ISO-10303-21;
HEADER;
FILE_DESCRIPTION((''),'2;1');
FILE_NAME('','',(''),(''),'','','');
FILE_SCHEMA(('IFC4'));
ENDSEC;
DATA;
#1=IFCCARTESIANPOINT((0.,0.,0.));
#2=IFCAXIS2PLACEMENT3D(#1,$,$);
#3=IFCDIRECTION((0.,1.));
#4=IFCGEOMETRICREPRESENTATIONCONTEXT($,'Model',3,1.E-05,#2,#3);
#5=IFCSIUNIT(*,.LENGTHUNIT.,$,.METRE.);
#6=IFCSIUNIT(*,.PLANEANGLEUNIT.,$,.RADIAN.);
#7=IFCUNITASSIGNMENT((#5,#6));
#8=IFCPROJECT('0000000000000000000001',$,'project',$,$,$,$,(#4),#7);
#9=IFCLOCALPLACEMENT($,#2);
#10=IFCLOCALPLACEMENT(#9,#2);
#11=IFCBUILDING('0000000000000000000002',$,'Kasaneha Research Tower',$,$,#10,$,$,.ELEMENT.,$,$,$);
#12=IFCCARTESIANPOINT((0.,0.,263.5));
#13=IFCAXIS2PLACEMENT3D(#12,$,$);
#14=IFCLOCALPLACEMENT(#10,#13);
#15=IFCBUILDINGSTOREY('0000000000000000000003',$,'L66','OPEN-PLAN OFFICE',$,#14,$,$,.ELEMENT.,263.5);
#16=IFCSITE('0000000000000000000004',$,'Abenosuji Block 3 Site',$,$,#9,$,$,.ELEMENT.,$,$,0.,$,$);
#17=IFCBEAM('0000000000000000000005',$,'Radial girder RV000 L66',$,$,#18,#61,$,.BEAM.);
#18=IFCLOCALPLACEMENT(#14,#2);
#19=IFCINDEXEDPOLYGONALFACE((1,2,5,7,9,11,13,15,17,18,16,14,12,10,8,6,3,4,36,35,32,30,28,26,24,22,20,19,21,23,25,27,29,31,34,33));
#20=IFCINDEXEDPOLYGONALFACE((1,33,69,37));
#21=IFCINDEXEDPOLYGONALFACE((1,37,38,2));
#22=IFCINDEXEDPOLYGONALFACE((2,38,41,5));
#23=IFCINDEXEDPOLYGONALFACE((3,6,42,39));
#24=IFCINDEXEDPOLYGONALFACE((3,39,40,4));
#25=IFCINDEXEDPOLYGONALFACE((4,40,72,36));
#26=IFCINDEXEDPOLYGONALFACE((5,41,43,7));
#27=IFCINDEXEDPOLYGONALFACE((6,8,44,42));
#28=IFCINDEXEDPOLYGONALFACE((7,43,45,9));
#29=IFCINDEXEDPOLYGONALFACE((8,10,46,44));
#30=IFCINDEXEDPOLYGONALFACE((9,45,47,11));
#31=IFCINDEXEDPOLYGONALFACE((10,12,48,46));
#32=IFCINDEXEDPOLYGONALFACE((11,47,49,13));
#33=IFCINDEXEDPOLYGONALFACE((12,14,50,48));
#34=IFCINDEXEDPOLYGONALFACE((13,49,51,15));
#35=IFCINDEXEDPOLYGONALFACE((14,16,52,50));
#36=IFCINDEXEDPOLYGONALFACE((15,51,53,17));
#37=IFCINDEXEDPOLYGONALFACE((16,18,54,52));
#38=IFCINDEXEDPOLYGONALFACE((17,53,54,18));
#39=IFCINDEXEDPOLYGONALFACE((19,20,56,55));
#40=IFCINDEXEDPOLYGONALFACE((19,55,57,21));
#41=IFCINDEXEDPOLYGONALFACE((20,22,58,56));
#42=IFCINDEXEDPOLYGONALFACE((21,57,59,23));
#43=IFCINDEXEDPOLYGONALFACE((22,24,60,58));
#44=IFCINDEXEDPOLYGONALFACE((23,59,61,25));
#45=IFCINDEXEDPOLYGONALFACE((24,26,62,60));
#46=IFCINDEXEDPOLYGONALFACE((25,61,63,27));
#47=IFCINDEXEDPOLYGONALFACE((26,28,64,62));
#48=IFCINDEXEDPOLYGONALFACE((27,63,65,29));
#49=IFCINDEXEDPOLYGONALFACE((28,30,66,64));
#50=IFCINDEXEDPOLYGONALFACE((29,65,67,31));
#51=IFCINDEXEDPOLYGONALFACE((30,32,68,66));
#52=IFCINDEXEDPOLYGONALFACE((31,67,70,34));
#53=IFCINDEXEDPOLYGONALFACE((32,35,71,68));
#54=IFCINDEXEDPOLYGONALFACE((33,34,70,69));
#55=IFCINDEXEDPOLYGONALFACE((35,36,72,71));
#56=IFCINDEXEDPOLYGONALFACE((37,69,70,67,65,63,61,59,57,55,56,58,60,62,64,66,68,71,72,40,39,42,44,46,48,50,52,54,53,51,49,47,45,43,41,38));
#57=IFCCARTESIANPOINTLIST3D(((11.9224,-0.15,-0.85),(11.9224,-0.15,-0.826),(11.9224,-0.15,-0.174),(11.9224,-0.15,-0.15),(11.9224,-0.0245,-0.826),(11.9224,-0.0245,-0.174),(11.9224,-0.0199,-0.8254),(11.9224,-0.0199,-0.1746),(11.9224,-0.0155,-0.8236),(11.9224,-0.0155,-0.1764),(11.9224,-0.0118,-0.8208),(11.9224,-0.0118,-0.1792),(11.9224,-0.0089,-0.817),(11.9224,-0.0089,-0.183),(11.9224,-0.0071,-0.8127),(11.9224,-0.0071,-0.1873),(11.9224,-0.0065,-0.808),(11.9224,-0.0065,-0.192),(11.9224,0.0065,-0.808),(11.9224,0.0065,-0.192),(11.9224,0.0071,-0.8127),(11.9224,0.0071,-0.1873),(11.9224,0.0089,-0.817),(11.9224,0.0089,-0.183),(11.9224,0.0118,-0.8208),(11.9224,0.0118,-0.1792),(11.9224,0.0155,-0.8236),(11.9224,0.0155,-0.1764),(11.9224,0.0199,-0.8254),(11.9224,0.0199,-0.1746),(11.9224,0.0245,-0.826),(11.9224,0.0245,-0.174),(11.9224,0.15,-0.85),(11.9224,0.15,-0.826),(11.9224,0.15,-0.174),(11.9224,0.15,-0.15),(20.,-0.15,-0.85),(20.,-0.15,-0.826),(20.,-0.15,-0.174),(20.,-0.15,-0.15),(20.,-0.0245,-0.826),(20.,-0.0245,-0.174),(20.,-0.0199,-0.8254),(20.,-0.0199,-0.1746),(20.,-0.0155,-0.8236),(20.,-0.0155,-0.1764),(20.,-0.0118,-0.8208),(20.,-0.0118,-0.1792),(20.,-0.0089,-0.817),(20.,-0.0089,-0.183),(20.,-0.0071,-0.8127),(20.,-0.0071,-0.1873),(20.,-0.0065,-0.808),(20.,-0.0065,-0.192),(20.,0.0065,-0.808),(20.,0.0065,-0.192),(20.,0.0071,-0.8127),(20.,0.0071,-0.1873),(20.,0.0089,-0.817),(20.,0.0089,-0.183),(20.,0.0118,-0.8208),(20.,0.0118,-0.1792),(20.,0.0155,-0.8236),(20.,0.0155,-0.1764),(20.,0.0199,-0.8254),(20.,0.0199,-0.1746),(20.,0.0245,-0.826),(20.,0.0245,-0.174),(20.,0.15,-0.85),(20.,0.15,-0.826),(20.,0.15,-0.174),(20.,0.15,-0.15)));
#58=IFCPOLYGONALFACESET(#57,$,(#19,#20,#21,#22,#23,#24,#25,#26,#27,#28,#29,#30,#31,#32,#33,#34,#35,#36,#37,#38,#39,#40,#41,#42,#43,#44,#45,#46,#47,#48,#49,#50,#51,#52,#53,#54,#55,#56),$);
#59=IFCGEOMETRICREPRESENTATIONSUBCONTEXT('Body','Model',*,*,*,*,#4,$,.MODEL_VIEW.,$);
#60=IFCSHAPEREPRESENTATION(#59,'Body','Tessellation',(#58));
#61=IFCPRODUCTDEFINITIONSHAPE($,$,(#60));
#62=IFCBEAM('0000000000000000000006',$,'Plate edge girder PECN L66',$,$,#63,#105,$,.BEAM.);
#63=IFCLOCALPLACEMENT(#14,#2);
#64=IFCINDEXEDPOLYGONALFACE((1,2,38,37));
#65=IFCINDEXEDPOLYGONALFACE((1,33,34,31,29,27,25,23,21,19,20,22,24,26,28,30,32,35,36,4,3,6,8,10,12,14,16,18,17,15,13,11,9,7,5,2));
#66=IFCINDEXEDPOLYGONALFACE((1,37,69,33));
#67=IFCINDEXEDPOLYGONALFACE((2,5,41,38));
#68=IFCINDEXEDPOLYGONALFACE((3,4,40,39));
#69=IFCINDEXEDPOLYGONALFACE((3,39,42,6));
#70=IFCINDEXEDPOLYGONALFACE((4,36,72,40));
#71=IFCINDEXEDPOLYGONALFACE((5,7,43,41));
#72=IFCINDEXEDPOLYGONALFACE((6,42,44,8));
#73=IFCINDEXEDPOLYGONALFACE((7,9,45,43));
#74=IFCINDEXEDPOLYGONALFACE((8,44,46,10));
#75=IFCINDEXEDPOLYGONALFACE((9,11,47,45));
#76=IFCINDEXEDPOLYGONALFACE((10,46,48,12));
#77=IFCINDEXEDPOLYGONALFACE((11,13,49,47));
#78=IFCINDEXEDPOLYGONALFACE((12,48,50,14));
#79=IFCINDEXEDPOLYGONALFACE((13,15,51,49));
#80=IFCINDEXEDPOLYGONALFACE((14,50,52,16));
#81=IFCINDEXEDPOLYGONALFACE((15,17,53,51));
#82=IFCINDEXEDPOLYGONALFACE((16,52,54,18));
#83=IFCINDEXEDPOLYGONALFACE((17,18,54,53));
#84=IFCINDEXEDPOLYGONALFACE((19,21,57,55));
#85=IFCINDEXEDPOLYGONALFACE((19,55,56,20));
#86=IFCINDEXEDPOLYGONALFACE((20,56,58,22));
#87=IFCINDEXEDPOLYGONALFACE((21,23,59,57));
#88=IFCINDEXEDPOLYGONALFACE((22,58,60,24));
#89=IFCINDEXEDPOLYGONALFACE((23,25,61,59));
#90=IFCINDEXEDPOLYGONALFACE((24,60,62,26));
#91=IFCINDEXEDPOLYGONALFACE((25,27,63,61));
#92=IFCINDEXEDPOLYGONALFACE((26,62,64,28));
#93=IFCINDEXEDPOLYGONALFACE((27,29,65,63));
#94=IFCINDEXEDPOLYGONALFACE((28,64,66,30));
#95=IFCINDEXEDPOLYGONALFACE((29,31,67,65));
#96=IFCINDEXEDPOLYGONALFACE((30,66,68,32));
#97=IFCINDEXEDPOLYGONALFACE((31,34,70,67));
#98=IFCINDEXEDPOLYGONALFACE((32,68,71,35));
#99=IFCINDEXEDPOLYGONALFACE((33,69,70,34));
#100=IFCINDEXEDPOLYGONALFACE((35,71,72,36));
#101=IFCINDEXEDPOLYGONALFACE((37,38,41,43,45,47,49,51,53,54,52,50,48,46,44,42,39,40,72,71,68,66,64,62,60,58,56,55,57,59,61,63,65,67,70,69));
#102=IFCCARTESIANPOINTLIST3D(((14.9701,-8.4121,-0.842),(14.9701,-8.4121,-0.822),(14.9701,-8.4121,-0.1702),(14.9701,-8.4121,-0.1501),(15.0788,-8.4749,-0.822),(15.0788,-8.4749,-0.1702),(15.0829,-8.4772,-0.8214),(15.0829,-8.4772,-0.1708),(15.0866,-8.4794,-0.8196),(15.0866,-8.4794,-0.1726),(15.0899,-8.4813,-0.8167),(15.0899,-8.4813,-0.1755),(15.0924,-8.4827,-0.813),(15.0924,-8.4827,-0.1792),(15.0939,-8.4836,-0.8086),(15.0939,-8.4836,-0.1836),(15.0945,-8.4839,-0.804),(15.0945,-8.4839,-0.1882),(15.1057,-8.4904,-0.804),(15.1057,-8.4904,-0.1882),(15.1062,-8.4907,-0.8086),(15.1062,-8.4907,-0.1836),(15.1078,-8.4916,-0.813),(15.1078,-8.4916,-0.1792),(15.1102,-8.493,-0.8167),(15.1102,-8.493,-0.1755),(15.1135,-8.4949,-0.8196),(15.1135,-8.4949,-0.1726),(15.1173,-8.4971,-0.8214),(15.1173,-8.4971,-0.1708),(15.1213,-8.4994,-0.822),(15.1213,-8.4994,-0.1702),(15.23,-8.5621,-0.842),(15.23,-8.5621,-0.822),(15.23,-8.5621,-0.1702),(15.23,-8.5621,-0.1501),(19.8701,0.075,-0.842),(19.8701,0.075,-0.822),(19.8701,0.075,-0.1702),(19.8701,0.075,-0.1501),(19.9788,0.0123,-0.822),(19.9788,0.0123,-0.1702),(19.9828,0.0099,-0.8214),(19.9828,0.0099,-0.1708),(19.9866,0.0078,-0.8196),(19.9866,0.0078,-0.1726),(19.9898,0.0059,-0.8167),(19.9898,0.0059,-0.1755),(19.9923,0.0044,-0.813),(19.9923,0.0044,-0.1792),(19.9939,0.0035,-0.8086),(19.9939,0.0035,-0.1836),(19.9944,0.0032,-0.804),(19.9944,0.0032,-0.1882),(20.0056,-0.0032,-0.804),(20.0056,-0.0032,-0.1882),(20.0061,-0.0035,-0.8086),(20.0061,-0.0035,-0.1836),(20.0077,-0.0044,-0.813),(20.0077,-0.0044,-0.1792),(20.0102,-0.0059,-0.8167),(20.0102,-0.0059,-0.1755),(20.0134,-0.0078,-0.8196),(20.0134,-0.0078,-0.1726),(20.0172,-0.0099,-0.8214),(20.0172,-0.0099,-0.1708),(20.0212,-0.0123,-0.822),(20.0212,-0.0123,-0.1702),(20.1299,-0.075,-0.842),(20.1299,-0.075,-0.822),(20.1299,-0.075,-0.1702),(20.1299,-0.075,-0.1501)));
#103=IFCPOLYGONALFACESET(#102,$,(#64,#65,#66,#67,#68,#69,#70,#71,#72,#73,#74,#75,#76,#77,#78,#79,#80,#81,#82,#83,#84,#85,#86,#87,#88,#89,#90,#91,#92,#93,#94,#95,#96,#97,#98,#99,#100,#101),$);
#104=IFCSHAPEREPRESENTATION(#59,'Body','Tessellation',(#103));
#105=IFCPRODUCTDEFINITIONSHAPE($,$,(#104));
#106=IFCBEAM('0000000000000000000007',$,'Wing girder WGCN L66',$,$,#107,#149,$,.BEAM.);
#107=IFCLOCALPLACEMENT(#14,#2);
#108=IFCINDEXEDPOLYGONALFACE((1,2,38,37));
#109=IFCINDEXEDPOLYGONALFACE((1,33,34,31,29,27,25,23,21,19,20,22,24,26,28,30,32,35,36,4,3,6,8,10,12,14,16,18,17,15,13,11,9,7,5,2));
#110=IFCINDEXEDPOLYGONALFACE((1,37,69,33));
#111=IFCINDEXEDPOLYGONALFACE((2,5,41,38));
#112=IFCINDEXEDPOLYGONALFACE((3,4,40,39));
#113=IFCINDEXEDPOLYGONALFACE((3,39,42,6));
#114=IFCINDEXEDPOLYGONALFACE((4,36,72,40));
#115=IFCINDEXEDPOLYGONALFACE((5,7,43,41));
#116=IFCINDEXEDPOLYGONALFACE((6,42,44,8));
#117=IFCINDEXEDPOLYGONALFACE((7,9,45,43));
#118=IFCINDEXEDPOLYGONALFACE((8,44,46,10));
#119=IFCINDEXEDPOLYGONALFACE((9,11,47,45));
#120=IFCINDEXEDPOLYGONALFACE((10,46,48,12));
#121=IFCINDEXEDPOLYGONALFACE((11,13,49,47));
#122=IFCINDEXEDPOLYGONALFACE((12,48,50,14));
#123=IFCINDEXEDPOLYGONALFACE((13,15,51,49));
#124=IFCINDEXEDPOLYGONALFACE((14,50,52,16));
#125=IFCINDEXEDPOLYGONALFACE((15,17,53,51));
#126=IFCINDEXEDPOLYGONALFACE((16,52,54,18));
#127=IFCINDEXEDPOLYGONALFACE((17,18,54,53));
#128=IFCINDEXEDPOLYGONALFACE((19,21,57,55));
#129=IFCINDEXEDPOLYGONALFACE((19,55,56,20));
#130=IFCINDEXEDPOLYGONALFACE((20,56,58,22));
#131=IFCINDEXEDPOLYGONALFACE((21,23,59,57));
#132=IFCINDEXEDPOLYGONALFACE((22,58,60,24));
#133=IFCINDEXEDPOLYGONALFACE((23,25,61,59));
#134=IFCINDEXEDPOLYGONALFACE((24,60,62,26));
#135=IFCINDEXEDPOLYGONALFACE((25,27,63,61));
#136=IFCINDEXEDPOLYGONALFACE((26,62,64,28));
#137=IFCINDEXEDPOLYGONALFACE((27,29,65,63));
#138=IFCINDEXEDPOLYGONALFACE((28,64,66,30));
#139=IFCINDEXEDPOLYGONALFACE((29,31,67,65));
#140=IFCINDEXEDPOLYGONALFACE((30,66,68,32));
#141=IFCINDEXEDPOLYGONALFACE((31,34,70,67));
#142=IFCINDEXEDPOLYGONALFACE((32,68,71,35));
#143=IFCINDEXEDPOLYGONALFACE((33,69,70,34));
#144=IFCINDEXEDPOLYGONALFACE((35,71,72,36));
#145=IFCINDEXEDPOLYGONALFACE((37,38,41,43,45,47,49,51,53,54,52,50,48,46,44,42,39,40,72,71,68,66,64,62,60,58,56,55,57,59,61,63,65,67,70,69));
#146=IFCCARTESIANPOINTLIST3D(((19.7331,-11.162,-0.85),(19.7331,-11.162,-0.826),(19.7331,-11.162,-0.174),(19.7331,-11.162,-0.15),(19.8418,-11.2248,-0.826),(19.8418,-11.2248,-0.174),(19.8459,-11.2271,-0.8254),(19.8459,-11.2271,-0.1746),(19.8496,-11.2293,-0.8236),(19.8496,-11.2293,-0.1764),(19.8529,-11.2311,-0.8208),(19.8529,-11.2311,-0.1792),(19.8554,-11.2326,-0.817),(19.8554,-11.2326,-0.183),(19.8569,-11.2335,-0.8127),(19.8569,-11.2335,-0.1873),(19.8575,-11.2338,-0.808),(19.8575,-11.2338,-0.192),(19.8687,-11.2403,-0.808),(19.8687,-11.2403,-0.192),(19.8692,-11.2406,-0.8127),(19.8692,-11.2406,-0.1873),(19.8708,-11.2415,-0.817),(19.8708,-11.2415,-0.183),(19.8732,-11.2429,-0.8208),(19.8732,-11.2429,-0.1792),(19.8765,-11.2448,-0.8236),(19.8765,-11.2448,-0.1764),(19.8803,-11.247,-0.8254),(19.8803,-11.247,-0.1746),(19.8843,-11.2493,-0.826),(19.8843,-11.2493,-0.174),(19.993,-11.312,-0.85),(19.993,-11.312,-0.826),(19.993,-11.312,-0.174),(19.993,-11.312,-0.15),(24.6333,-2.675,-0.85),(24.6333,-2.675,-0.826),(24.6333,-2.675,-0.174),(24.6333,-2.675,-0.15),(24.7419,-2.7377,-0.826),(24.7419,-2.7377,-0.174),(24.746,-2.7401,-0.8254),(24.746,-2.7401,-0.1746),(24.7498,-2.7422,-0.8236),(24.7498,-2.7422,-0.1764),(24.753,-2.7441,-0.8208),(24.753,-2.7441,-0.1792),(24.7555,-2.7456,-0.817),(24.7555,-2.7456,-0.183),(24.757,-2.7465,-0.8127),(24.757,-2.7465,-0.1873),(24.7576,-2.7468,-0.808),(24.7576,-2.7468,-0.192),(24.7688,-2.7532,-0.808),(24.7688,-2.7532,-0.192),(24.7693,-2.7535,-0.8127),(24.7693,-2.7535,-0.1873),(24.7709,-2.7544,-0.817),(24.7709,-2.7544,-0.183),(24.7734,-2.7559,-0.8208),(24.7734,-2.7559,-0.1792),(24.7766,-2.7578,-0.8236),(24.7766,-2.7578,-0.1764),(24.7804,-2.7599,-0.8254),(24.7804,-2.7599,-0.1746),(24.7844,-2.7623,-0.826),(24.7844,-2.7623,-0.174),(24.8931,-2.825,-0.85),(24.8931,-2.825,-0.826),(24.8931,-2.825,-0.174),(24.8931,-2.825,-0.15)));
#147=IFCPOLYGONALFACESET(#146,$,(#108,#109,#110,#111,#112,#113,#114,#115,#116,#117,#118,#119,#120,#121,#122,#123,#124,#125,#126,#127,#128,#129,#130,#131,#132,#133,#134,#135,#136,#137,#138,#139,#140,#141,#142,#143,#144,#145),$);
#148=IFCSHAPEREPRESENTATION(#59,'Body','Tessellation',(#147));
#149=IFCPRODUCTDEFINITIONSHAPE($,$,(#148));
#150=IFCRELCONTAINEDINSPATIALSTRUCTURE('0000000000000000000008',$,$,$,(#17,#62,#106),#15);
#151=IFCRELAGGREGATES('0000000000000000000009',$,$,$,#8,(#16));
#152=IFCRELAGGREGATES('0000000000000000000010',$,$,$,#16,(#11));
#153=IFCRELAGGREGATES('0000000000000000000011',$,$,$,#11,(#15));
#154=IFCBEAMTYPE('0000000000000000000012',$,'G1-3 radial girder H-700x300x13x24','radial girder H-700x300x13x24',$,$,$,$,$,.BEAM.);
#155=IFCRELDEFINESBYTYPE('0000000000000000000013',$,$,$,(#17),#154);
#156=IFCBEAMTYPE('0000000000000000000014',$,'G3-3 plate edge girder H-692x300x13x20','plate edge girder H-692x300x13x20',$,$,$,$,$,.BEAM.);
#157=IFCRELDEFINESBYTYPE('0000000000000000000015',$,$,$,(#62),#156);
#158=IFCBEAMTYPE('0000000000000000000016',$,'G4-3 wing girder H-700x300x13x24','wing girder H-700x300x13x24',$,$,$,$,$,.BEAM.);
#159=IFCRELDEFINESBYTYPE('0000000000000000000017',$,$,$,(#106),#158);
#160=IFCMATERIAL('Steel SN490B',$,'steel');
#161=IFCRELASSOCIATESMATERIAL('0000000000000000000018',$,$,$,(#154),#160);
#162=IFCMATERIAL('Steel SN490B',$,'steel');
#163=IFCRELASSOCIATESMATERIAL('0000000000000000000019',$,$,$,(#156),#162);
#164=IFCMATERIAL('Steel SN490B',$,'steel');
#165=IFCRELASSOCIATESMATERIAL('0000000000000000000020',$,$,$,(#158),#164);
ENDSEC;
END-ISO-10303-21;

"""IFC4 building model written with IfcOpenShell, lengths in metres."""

from ifc_helpers import new_model, si_unit, direction, frame, origin, origin_2d, place, context, subcontext, project, spatial, i_section, extrude, material, material_profile, profile_set, type_object, element, save


model = new_model("IFC4")

# Units and contexts
model_context = context("Model", 3, precision=1e-05, world=origin(), true_north=direction((0.0, 1.0)))
body_context = subcontext(model_context, "Body", "Model", "MODEL_VIEW")
ifc_project = project(units=[si_unit("LENGTHUNIT", "METRE"), si_unit("PLANEANGLEUNIT", "RADIAN")], contexts=[model_context])

# Site, building, storey
site_placement = place(None, origin())
site = spatial("IfcSite", under=ifc_project, at=site_placement, Name="Abenosuji Block 3 Site", CompositionType="ELEMENT", RefElevation=0.0)
building_placement = place(site_placement, origin())
building = spatial("IfcBuilding", under=site, at=building_placement, Name="Kasaneha Research Tower", CompositionType="ELEMENT")
storey_placement = place(building_placement, frame((0.0, 0.0, 263.5)))
storey = spatial("IfcBuildingStorey", under=building, at=storey_placement, Name="L66", Description="OPEN-PLAN OFFICE", CompositionType="ELEMENT", Elevation=263.5)

# Beams
ifc_material_1 = material(Name="Steel SN490B", Category="steel")
ifc_material_profile_1 = material_profile(ifc_material_1, i_section(OverallWidth=0.3, OverallDepth=0.7, WebThickness=0.0129, FlangeThickness=0.0239, FilletRadius=0.0181, at=origin_2d()), Name="H-700x300x13x24")
ifc_profile_set_1 = profile_set([ifc_material_profile_1], Name="Steel SN490B")
beam_type_1 = type_object("IfcBeamType", Name="G1-3 radial girder H-700x300x13x24", Description="radial girder H-700x300x13x24", PredefinedType="BEAM", material=ifc_profile_set_1)
beam_1_placement = place(storey_placement, frame((11.9224, 0.0, -0.5), z_axis=(1.0, 0.0, 0.0), x_axis=(0.0, 1.0, 0.0)))
element("IfcBeam", 1, at=beam_1_placement, inside=storey, type_object=beam_type_1, Name="Radial girder RV000 L66", PredefinedType="BEAM", context=body_context, shape_type="SweptSolid", body=[
    extrude(i_section(OverallWidth=0.3, OverallDepth=0.7, WebThickness=0.0129, FlangeThickness=0.0239, FilletRadius=0.0181, at=origin_2d()), origin(), (0.0, 0.0, 1.0), 8.0776),
])
ifc_material_2 = material(Name="Steel SN490B", Category="steel")
ifc_material_profile_2 = material_profile(ifc_material_2, i_section(OverallWidth=0.3, OverallDepth=0.6919, WebThickness=0.0129, FlangeThickness=0.02, FilletRadius=0.0181, at=origin_2d()), Name="H-692x300x13x20")
ifc_profile_set_2 = profile_set([ifc_material_profile_2], Name="Steel SN490B")
beam_type_2 = type_object("IfcBeamType", Name="G3-3 plate edge girder H-692x300x13x20", Description="plate edge girder H-692x300x13x20", PredefinedType="BEAM", material=ifc_profile_set_2)
beam_2_placement = place(storey_placement, frame((20.0, 0.0, -0.4961), z_axis=(-0.499992, -0.86603, 0.0), x_axis=(0.86603, -0.499992, 0.0)))
element("IfcBeam", 2, at=beam_2_placement, inside=storey, type_object=beam_type_2, Name="Plate edge girder PECN L66", PredefinedType="BEAM", context=body_context, shape_type="SweptSolid", body=[
    extrude(i_section(OverallWidth=0.3, OverallDepth=0.6919, WebThickness=0.0129, FlangeThickness=0.02, FilletRadius=0.0181, at=origin_2d()), origin(), (0.0, 0.0, 1.0), 9.8),
])
ifc_material_3 = material(Name="Steel SN490B", Category="steel")
ifc_material_profile_3 = material_profile(ifc_material_3, i_section(OverallWidth=0.3, OverallDepth=0.7, WebThickness=0.0129, FlangeThickness=0.0239, FilletRadius=0.0181, at=origin_2d()), Name="H-700x300x13x24")
ifc_profile_set_3 = profile_set([ifc_material_profile_3], Name="Steel SN490B")
beam_type_3 = type_object("IfcBeamType", Name="G4-3 wing girder H-700x300x13x24", Description="wing girder H-700x300x13x24", PredefinedType="BEAM", material=ifc_profile_set_3)
beam_3_placement = place(storey_placement, frame((24.7632, -2.75, -0.5), z_axis=(-0.500011, -0.866019, 0.0), x_axis=(0.866019, -0.500011, 0.0)))
element("IfcBeam", 3, at=beam_3_placement, inside=storey, type_object=beam_type_3, Name="Wing girder WGCN L66", PredefinedType="BEAM", context=body_context, shape_type="SweptSolid", body=[
    extrude(i_section(OverallWidth=0.3, OverallDepth=0.7, WebThickness=0.0129, FlangeThickness=0.0239, FilletRadius=0.0181, at=origin_2d()), origin(), (0.0, 0.0, 1.0), 9.8),
])

save(model, "model.ifc")
